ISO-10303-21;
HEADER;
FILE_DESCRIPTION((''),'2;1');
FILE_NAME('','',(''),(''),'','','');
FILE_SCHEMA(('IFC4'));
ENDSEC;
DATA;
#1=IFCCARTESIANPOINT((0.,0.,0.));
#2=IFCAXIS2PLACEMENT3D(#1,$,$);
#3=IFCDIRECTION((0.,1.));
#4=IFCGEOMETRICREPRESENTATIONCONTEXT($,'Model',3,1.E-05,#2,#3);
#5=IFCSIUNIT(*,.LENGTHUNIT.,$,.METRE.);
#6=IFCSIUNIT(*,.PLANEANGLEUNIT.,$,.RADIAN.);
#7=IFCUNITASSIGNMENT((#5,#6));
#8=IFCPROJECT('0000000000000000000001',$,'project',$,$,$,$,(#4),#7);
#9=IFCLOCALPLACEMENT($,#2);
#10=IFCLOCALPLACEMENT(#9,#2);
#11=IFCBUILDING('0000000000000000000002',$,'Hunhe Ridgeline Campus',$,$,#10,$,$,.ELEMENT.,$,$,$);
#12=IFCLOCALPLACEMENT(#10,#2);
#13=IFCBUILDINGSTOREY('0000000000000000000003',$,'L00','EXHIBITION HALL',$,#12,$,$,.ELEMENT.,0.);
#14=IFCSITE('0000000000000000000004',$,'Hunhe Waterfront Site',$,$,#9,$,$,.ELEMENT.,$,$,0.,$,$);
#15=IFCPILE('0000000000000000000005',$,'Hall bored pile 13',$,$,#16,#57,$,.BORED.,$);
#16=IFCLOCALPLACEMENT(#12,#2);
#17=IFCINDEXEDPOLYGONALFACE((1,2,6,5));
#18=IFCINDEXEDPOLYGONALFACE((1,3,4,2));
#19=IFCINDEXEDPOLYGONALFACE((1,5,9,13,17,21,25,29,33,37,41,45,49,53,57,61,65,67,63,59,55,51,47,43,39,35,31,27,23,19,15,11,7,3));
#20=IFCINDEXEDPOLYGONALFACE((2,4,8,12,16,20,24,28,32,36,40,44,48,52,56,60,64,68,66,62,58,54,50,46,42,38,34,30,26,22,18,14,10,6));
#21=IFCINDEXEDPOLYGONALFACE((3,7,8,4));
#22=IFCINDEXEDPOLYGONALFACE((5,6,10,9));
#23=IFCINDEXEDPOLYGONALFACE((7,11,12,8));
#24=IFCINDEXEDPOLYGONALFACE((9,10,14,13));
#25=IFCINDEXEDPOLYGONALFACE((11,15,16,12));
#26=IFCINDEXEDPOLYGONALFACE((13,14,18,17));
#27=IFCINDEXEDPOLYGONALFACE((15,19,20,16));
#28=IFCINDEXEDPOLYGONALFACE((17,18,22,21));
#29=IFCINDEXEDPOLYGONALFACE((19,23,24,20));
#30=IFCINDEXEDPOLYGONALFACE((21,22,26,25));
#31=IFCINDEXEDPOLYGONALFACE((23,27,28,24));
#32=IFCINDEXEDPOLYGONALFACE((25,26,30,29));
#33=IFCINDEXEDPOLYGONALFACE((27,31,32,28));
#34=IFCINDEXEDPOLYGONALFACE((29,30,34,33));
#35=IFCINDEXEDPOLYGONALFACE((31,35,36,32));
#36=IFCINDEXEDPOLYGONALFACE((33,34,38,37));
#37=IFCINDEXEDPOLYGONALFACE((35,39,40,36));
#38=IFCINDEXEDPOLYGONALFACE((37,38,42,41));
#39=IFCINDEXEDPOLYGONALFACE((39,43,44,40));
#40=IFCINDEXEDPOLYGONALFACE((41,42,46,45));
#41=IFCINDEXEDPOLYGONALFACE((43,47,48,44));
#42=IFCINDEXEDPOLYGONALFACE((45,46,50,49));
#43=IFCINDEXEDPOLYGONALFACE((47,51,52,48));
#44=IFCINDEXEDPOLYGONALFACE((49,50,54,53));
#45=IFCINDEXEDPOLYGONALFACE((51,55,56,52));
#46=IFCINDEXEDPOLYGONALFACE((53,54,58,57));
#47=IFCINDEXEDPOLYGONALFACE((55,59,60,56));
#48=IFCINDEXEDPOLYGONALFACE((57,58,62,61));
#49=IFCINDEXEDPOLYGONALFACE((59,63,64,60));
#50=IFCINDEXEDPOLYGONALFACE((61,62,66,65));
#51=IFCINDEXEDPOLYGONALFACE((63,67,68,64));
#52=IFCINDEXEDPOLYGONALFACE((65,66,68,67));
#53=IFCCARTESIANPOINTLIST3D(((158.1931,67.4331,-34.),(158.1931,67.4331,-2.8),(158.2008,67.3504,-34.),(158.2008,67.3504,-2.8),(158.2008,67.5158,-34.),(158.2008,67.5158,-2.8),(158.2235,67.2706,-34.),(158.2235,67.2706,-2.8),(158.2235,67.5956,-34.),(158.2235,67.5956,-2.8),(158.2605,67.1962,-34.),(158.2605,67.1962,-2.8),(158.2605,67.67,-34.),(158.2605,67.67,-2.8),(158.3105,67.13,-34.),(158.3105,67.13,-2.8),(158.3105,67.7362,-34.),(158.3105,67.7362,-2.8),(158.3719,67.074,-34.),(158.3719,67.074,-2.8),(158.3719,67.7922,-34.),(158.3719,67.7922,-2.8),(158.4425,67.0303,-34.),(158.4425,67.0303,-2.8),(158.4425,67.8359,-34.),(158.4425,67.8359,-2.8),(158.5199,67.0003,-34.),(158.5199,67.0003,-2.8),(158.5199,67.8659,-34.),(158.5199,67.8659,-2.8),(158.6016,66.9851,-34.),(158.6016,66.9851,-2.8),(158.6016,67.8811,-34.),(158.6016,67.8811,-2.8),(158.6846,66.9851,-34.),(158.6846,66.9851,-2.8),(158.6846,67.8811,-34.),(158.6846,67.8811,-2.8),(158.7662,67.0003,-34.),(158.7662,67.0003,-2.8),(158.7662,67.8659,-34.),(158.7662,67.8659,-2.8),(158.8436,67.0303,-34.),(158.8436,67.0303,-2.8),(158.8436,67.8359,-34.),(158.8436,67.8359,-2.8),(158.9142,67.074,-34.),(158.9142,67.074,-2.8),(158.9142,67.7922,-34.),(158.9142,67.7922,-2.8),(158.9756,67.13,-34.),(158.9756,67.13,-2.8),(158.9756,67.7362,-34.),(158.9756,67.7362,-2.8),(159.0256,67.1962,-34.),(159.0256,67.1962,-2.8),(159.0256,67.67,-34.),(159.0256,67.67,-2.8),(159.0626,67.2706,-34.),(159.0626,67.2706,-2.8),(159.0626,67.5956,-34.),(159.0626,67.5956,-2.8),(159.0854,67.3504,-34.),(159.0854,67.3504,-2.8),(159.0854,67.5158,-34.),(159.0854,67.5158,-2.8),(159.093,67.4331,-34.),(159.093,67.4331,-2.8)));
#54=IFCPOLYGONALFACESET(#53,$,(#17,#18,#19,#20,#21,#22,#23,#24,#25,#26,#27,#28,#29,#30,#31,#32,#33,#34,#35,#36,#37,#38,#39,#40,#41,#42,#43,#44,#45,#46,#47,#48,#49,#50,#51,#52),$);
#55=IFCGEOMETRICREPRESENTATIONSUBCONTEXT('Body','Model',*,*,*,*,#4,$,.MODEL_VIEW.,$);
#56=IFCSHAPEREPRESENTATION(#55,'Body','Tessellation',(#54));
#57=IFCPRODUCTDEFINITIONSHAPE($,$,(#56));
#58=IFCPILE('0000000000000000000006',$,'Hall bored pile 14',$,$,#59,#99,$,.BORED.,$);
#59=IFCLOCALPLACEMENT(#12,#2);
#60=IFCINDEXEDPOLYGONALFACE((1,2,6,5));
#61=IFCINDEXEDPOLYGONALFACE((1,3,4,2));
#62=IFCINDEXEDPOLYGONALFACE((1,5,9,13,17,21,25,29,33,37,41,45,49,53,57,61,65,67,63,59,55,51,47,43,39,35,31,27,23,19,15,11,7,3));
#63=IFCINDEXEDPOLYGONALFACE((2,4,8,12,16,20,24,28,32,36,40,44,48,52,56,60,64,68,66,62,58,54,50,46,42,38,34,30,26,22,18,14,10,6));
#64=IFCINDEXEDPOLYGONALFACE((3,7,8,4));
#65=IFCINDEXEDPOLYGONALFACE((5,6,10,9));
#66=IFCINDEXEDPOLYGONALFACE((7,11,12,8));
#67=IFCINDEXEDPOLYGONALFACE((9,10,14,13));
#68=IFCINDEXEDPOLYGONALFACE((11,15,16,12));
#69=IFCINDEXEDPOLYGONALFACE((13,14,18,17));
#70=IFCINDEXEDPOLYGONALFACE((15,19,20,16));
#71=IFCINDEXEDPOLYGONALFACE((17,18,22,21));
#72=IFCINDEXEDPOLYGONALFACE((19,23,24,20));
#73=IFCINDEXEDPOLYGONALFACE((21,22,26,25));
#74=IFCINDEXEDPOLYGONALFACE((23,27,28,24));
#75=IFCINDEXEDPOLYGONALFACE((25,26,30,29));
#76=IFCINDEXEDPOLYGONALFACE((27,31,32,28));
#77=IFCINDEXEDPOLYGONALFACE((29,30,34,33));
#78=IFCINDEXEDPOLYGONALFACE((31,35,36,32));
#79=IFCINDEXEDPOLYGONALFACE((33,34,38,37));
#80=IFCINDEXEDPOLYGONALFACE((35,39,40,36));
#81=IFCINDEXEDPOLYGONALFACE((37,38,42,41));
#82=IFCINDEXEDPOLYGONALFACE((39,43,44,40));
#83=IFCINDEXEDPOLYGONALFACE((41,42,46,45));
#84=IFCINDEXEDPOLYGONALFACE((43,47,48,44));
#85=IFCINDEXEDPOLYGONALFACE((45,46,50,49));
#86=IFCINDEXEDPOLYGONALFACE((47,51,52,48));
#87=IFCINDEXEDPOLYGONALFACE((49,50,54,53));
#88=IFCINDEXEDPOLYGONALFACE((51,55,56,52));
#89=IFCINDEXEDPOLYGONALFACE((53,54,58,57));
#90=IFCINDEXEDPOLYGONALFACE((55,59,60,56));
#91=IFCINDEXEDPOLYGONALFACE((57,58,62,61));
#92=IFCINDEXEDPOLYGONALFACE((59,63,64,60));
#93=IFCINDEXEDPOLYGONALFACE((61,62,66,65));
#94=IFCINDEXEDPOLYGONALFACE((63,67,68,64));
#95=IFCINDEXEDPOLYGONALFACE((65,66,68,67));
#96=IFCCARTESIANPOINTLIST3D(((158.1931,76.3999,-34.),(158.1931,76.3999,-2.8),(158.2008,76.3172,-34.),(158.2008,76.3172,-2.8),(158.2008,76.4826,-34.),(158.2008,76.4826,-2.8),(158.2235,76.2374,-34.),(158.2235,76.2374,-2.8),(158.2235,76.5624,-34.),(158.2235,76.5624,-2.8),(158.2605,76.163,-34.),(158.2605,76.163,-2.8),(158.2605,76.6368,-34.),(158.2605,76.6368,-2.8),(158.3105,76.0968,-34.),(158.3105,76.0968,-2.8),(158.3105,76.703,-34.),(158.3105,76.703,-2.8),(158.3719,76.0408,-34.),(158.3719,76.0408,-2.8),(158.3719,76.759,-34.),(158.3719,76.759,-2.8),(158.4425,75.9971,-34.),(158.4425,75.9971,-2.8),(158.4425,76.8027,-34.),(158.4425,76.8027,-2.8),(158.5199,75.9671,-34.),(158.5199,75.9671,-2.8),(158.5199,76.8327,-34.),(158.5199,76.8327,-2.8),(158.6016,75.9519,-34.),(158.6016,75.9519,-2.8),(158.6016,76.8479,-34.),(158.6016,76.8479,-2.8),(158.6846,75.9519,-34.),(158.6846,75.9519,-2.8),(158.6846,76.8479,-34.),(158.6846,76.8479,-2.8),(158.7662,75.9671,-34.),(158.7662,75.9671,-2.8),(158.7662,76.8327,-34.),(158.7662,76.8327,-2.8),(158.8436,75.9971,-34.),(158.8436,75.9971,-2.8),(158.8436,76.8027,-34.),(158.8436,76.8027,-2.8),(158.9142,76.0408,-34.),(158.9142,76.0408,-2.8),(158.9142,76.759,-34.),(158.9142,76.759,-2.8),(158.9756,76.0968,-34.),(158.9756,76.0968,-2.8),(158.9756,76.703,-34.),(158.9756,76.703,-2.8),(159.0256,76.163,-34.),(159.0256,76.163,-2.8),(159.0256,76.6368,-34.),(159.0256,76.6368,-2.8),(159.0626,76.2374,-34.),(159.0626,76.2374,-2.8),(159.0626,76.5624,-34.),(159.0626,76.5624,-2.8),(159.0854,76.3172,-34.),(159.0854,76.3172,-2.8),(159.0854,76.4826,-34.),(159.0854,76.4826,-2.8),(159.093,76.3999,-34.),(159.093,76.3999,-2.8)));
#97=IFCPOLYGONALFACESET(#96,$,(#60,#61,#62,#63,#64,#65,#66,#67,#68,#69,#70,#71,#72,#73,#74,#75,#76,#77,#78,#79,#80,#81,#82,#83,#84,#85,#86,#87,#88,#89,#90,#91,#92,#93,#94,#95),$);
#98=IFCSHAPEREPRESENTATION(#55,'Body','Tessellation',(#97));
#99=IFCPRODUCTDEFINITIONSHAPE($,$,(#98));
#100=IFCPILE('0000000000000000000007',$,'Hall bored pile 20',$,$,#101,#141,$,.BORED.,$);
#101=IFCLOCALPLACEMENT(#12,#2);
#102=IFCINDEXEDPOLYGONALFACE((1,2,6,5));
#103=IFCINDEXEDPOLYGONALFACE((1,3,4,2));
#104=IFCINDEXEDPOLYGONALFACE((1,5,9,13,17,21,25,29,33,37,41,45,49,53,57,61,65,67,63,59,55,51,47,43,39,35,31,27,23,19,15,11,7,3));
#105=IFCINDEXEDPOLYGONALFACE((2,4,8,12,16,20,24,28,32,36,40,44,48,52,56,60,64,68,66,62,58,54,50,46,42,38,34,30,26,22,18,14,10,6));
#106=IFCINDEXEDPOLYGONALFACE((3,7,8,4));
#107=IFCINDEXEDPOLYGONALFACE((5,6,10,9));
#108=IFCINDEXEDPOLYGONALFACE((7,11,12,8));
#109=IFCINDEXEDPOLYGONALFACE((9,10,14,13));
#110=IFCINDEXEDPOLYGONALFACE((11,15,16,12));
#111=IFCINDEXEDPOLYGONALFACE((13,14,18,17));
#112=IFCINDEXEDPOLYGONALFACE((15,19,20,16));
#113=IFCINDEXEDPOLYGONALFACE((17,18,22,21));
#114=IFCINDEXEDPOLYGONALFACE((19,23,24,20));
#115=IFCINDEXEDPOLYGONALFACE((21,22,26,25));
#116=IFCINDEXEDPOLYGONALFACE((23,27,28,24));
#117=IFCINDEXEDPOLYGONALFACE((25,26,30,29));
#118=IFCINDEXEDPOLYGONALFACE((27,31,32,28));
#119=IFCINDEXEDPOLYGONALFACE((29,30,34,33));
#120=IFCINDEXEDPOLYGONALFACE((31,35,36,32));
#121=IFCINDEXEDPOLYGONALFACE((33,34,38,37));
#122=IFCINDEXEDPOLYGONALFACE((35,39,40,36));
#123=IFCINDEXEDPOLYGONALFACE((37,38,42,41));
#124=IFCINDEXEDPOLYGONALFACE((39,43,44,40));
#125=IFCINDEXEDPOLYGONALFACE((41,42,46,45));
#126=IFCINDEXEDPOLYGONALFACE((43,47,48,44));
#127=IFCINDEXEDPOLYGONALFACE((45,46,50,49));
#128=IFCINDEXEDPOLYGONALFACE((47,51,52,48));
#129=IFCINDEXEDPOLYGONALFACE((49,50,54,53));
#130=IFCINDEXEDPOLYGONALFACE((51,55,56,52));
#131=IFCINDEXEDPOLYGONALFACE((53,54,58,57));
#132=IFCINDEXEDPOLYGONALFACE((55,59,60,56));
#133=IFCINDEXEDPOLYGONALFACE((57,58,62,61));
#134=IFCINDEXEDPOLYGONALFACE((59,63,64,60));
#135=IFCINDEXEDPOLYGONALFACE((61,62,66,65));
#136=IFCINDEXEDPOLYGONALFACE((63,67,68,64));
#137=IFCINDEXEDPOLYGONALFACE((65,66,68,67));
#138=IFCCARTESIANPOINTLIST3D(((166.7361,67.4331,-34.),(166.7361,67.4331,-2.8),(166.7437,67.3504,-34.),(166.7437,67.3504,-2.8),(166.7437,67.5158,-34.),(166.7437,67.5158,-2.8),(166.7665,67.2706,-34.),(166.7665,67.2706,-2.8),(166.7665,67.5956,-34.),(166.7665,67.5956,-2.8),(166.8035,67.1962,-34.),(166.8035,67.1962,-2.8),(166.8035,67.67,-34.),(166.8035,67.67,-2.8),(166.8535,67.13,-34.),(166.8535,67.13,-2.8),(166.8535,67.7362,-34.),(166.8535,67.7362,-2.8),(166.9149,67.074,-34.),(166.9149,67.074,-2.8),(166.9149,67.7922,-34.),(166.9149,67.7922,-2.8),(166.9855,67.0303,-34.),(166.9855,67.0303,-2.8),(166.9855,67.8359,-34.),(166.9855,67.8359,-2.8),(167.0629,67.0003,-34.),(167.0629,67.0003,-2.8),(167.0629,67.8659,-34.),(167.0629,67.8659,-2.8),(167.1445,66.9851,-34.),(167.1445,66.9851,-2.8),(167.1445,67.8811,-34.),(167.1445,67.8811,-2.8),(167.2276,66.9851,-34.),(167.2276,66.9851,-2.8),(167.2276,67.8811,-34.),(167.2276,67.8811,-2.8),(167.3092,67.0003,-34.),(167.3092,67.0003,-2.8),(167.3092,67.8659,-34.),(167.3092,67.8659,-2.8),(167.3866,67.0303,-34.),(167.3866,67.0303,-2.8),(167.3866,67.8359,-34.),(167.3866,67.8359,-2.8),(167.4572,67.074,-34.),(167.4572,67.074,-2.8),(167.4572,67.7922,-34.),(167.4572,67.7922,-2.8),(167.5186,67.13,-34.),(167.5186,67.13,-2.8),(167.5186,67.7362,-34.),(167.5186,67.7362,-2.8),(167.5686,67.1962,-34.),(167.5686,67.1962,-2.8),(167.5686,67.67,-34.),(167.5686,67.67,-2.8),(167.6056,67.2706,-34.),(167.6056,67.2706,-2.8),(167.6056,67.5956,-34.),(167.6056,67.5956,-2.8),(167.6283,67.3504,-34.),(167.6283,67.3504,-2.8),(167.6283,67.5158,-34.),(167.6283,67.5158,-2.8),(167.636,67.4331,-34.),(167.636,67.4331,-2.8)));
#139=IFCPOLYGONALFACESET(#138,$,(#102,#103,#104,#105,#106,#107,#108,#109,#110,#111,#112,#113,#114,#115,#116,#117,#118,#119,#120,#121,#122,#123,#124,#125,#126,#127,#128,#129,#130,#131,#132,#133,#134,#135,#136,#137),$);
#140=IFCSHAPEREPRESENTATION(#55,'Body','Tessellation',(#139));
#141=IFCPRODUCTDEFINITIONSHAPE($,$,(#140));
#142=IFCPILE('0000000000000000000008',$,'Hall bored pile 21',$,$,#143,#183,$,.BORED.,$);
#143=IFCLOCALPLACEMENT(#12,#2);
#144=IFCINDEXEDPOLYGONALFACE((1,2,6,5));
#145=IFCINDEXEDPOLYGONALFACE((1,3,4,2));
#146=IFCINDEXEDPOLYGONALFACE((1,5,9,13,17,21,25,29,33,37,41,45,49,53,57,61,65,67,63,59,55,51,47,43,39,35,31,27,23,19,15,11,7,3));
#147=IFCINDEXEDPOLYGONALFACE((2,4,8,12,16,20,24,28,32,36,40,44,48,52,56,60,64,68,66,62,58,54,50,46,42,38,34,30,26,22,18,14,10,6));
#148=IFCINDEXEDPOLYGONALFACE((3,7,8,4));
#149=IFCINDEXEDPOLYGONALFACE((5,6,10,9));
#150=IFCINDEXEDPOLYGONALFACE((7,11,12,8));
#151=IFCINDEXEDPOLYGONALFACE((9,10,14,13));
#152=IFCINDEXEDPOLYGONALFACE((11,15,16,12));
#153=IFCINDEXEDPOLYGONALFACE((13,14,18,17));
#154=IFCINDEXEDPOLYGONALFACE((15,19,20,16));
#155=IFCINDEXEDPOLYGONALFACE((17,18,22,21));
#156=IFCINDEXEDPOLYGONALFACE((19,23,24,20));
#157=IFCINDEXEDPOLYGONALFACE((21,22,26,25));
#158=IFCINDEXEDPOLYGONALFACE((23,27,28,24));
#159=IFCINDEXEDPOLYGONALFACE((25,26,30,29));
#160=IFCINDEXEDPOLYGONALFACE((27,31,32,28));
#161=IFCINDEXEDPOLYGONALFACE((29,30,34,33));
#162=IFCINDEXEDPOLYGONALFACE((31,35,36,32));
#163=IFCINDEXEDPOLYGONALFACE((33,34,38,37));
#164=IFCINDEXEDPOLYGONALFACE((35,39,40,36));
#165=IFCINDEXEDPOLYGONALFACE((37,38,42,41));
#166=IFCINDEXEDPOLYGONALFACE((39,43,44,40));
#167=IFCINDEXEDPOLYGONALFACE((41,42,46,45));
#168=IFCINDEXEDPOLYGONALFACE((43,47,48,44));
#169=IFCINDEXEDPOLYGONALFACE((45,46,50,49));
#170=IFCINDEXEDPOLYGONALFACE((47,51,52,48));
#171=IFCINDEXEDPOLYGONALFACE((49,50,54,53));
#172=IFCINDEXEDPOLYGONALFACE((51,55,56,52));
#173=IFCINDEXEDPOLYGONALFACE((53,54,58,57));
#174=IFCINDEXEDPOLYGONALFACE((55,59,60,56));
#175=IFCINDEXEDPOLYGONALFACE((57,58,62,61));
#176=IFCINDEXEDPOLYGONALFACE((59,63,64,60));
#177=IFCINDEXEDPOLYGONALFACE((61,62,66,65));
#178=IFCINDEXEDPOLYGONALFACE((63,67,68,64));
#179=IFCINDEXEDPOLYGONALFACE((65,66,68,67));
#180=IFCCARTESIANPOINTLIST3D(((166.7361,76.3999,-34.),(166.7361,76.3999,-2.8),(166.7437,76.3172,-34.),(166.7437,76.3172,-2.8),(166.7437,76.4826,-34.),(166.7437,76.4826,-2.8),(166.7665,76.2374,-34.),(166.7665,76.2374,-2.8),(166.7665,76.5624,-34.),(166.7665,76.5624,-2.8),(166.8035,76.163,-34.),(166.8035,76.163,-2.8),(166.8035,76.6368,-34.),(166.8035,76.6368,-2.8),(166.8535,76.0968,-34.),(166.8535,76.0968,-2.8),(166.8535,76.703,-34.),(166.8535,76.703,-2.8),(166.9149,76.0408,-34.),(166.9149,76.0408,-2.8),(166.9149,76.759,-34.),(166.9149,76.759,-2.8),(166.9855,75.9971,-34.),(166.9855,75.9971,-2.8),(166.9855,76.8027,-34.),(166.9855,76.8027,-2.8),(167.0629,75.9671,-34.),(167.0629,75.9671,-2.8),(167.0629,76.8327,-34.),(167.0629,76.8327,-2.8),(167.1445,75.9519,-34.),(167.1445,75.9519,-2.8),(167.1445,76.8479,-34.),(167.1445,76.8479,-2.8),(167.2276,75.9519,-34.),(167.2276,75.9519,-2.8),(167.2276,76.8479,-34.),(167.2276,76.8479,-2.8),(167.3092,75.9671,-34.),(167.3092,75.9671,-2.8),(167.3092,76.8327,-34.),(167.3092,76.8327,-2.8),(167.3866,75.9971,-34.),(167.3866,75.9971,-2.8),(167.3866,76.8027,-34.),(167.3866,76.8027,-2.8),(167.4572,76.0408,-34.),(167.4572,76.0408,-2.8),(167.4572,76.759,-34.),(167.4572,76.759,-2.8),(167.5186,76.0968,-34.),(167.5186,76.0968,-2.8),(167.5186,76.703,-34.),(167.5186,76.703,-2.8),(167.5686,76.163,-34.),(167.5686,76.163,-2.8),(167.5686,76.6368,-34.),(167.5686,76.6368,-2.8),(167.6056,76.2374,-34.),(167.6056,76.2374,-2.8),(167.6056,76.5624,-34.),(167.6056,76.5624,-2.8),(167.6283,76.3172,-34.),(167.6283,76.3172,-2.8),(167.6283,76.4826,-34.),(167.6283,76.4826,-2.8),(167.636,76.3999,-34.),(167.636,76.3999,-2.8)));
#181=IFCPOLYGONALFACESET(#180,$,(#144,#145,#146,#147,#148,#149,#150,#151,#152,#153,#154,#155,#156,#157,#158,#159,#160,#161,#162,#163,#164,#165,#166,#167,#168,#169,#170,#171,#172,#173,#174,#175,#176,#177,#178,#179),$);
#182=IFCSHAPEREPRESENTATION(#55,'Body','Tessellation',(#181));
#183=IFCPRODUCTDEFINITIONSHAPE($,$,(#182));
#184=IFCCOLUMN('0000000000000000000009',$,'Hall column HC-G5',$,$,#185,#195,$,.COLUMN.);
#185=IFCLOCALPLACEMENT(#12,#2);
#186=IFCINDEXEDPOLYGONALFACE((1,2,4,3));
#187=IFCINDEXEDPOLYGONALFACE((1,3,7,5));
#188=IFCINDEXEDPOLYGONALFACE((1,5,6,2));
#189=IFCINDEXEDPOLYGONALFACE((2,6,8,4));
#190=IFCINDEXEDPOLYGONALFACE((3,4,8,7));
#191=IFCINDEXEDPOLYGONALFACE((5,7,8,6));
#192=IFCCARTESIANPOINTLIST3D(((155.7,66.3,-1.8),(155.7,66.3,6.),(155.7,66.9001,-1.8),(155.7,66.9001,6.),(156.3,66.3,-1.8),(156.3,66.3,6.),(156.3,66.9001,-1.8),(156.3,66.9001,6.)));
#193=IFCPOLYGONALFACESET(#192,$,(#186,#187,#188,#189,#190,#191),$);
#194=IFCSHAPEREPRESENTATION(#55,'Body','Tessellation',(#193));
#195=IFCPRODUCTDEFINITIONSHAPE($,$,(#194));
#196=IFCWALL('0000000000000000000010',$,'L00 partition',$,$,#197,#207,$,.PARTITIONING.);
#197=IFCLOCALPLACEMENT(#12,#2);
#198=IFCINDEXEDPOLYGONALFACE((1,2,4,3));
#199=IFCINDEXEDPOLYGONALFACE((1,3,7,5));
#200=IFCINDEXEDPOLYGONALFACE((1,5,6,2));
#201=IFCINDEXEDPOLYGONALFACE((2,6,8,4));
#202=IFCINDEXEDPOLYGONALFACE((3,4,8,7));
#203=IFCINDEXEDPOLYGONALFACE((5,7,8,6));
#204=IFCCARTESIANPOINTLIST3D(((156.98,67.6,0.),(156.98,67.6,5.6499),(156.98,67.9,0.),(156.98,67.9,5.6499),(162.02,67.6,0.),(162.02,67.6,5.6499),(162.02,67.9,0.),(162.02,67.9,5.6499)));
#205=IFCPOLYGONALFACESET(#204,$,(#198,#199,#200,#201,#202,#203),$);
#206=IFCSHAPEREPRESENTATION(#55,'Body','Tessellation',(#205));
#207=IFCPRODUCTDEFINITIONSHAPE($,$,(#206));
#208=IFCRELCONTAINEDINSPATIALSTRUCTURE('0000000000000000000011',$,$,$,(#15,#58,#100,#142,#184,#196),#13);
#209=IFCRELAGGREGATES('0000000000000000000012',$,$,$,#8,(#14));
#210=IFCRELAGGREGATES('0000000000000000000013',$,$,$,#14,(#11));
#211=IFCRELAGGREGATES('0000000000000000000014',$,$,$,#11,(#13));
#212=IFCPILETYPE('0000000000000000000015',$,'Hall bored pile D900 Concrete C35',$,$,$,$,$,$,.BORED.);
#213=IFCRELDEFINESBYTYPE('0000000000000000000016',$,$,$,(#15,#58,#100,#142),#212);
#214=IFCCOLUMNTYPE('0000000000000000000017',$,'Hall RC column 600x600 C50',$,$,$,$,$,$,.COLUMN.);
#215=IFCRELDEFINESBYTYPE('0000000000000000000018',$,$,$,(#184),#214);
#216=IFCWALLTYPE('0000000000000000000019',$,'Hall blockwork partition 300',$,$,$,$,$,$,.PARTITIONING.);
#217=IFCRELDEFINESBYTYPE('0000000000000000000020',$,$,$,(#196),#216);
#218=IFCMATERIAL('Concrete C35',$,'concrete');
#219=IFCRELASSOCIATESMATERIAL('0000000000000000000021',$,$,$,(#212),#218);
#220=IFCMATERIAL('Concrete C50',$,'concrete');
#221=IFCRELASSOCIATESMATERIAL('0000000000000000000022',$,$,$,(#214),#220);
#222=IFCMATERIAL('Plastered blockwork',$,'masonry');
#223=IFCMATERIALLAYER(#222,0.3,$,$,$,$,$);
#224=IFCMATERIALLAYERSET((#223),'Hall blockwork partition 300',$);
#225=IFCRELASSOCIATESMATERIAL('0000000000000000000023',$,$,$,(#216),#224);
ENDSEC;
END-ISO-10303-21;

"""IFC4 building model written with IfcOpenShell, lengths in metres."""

from ifc_helpers import new_model, si_unit, direction, frame, frame_2d, origin, origin_2d, place, context, subcontext, project, spatial, rectangle, circle, extrude, material, layer, layer_set, material_profile, profile_set, type_object, element, save


model = new_model("IFC4")

# Units and contexts
model_context = context("Model", 3, precision=1e-05, world=origin(), true_north=direction((0.0, 1.0)))
body_context = subcontext(model_context, "Body", "Model", "MODEL_VIEW")
ifc_project = project(units=[si_unit("LENGTHUNIT", "METRE"), si_unit("PLANEANGLEUNIT", "RADIAN")], contexts=[model_context])

# Site, building, storey
site_placement = place(None, origin())
site = spatial("IfcSite", under=ifc_project, at=site_placement, Name="Hunhe Waterfront Site", CompositionType="ELEMENT", RefElevation=0.0)
building_placement = place(site_placement, origin())
building = spatial("IfcBuilding", under=site, at=building_placement, Name="Hunhe Ridgeline Campus", CompositionType="ELEMENT")
storey_placement = place(building_placement, origin())
storey = spatial("IfcBuildingStorey", under=building, at=storey_placement, Name="L00", Description="EXHIBITION HALL", CompositionType="ELEMENT", Elevation=0.0)

# Piles
ifc_material_1 = material(Name="Concrete C35", Category="concrete")
ifc_material_profile_1 = material_profile(ifc_material_1, circle(Radius=0.45, at=origin_2d()))
ifc_profile_set_1 = profile_set([ifc_material_profile_1], Name="Concrete C35")
pile_type = type_object("IfcPileType", Name="Hall bored pile D900 Concrete C35", PredefinedType="BORED", material=ifc_profile_set_1)
for number, where, z_axis, x_axis, name in (
    (1, (158.6431, 67.4331, -2.8), (0.0, 0.0, -1.0), (1.0, 0.0, 0.0), "Hall bored pile 13"),
    (2, (158.6431, 76.3999, -2.8), (0.0, 0.0, -1.0), (1.0, 0.0, 0.0), "Hall bored pile 14"),
    (3, (167.186, 67.4331, -2.8), (0.0, 0.0, -1.0), (1.0, 0.0, 0.0), "Hall bored pile 20"),
    (4, (167.186, 76.3999, -2.8), (0.0, 0.0, -1.0), (1.0, 0.0, 0.0), "Hall bored pile 21"),
):
    element("IfcPile", number, at=place(storey_placement, frame(where, z_axis=z_axis, x_axis=x_axis)), inside=storey, type_object=pile_type, Name=name, PredefinedType="BORED", context=body_context, shape_type="SweptSolid", body=[
        extrude(circle(Radius=0.45, at=origin_2d()), origin(), (0.0, 0.0, 1.0), 31.2),
    ])

# Column
ifc_material_2 = material(Name="Concrete C50", Category="concrete")
ifc_material_profile_2 = material_profile(ifc_material_2, rectangle(XDim=0.6001, YDim=0.6001, at=origin_2d()))
ifc_profile_set_2 = profile_set([ifc_material_profile_2], Name="Concrete C50")
column_type = type_object("IfcColumnType", Name="Hall RC column 600x600 C50", PredefinedType="COLUMN", material=ifc_profile_set_2)
column_placement = place(storey_placement, frame((156.0, 66.6001, -1.8), z_axis=(0.0, 0.0, 1.0), x_axis=(1.0, 0.0, 0.0)))
element("IfcColumn", 5, at=column_placement, inside=storey, type_object=column_type, Name="Hall column HC-G5", PredefinedType="COLUMN", context=body_context, shape_type="SweptSolid", body=[
    extrude(rectangle(XDim=0.6001, YDim=0.6001, at=origin_2d()), origin(), (0.0, 0.0, 1.0), 7.8),
])

# Shared definitions
ifc_material_3 = material(Name="Plastered blockwork", Category="masonry")
ifc_layer_1 = layer(ifc_material_3, 0.3)
ifc_layer_set_1 = layer_set([ifc_layer_1], Name="Hall blockwork partition 300")
wall_type_1 = type_object("IfcWallType", Name="Hall blockwork partition 300", PredefinedType="PARTITIONING", material=ifc_layer_set_1)

# Wall
wall_1_placement = place(storey_placement, frame((162.02, 67.75, 0.0), z_axis=(0.0, 0.0, 1.0), x_axis=(-1.0, 0.0, 0.0)))
element("IfcWall", 6, at=wall_1_placement, inside=storey, type_object=wall_type_1, Name="L00 partition", PredefinedType="PARTITIONING", context=body_context, shape_type="SweptSolid", body=[
    extrude(rectangle(XDim=5.04, YDim=0.3, at=frame_2d((2.52, 0.0))), origin(), (0.0, 0.0, 1.0), 5.6499),
])

save(model, "model.ifc")
